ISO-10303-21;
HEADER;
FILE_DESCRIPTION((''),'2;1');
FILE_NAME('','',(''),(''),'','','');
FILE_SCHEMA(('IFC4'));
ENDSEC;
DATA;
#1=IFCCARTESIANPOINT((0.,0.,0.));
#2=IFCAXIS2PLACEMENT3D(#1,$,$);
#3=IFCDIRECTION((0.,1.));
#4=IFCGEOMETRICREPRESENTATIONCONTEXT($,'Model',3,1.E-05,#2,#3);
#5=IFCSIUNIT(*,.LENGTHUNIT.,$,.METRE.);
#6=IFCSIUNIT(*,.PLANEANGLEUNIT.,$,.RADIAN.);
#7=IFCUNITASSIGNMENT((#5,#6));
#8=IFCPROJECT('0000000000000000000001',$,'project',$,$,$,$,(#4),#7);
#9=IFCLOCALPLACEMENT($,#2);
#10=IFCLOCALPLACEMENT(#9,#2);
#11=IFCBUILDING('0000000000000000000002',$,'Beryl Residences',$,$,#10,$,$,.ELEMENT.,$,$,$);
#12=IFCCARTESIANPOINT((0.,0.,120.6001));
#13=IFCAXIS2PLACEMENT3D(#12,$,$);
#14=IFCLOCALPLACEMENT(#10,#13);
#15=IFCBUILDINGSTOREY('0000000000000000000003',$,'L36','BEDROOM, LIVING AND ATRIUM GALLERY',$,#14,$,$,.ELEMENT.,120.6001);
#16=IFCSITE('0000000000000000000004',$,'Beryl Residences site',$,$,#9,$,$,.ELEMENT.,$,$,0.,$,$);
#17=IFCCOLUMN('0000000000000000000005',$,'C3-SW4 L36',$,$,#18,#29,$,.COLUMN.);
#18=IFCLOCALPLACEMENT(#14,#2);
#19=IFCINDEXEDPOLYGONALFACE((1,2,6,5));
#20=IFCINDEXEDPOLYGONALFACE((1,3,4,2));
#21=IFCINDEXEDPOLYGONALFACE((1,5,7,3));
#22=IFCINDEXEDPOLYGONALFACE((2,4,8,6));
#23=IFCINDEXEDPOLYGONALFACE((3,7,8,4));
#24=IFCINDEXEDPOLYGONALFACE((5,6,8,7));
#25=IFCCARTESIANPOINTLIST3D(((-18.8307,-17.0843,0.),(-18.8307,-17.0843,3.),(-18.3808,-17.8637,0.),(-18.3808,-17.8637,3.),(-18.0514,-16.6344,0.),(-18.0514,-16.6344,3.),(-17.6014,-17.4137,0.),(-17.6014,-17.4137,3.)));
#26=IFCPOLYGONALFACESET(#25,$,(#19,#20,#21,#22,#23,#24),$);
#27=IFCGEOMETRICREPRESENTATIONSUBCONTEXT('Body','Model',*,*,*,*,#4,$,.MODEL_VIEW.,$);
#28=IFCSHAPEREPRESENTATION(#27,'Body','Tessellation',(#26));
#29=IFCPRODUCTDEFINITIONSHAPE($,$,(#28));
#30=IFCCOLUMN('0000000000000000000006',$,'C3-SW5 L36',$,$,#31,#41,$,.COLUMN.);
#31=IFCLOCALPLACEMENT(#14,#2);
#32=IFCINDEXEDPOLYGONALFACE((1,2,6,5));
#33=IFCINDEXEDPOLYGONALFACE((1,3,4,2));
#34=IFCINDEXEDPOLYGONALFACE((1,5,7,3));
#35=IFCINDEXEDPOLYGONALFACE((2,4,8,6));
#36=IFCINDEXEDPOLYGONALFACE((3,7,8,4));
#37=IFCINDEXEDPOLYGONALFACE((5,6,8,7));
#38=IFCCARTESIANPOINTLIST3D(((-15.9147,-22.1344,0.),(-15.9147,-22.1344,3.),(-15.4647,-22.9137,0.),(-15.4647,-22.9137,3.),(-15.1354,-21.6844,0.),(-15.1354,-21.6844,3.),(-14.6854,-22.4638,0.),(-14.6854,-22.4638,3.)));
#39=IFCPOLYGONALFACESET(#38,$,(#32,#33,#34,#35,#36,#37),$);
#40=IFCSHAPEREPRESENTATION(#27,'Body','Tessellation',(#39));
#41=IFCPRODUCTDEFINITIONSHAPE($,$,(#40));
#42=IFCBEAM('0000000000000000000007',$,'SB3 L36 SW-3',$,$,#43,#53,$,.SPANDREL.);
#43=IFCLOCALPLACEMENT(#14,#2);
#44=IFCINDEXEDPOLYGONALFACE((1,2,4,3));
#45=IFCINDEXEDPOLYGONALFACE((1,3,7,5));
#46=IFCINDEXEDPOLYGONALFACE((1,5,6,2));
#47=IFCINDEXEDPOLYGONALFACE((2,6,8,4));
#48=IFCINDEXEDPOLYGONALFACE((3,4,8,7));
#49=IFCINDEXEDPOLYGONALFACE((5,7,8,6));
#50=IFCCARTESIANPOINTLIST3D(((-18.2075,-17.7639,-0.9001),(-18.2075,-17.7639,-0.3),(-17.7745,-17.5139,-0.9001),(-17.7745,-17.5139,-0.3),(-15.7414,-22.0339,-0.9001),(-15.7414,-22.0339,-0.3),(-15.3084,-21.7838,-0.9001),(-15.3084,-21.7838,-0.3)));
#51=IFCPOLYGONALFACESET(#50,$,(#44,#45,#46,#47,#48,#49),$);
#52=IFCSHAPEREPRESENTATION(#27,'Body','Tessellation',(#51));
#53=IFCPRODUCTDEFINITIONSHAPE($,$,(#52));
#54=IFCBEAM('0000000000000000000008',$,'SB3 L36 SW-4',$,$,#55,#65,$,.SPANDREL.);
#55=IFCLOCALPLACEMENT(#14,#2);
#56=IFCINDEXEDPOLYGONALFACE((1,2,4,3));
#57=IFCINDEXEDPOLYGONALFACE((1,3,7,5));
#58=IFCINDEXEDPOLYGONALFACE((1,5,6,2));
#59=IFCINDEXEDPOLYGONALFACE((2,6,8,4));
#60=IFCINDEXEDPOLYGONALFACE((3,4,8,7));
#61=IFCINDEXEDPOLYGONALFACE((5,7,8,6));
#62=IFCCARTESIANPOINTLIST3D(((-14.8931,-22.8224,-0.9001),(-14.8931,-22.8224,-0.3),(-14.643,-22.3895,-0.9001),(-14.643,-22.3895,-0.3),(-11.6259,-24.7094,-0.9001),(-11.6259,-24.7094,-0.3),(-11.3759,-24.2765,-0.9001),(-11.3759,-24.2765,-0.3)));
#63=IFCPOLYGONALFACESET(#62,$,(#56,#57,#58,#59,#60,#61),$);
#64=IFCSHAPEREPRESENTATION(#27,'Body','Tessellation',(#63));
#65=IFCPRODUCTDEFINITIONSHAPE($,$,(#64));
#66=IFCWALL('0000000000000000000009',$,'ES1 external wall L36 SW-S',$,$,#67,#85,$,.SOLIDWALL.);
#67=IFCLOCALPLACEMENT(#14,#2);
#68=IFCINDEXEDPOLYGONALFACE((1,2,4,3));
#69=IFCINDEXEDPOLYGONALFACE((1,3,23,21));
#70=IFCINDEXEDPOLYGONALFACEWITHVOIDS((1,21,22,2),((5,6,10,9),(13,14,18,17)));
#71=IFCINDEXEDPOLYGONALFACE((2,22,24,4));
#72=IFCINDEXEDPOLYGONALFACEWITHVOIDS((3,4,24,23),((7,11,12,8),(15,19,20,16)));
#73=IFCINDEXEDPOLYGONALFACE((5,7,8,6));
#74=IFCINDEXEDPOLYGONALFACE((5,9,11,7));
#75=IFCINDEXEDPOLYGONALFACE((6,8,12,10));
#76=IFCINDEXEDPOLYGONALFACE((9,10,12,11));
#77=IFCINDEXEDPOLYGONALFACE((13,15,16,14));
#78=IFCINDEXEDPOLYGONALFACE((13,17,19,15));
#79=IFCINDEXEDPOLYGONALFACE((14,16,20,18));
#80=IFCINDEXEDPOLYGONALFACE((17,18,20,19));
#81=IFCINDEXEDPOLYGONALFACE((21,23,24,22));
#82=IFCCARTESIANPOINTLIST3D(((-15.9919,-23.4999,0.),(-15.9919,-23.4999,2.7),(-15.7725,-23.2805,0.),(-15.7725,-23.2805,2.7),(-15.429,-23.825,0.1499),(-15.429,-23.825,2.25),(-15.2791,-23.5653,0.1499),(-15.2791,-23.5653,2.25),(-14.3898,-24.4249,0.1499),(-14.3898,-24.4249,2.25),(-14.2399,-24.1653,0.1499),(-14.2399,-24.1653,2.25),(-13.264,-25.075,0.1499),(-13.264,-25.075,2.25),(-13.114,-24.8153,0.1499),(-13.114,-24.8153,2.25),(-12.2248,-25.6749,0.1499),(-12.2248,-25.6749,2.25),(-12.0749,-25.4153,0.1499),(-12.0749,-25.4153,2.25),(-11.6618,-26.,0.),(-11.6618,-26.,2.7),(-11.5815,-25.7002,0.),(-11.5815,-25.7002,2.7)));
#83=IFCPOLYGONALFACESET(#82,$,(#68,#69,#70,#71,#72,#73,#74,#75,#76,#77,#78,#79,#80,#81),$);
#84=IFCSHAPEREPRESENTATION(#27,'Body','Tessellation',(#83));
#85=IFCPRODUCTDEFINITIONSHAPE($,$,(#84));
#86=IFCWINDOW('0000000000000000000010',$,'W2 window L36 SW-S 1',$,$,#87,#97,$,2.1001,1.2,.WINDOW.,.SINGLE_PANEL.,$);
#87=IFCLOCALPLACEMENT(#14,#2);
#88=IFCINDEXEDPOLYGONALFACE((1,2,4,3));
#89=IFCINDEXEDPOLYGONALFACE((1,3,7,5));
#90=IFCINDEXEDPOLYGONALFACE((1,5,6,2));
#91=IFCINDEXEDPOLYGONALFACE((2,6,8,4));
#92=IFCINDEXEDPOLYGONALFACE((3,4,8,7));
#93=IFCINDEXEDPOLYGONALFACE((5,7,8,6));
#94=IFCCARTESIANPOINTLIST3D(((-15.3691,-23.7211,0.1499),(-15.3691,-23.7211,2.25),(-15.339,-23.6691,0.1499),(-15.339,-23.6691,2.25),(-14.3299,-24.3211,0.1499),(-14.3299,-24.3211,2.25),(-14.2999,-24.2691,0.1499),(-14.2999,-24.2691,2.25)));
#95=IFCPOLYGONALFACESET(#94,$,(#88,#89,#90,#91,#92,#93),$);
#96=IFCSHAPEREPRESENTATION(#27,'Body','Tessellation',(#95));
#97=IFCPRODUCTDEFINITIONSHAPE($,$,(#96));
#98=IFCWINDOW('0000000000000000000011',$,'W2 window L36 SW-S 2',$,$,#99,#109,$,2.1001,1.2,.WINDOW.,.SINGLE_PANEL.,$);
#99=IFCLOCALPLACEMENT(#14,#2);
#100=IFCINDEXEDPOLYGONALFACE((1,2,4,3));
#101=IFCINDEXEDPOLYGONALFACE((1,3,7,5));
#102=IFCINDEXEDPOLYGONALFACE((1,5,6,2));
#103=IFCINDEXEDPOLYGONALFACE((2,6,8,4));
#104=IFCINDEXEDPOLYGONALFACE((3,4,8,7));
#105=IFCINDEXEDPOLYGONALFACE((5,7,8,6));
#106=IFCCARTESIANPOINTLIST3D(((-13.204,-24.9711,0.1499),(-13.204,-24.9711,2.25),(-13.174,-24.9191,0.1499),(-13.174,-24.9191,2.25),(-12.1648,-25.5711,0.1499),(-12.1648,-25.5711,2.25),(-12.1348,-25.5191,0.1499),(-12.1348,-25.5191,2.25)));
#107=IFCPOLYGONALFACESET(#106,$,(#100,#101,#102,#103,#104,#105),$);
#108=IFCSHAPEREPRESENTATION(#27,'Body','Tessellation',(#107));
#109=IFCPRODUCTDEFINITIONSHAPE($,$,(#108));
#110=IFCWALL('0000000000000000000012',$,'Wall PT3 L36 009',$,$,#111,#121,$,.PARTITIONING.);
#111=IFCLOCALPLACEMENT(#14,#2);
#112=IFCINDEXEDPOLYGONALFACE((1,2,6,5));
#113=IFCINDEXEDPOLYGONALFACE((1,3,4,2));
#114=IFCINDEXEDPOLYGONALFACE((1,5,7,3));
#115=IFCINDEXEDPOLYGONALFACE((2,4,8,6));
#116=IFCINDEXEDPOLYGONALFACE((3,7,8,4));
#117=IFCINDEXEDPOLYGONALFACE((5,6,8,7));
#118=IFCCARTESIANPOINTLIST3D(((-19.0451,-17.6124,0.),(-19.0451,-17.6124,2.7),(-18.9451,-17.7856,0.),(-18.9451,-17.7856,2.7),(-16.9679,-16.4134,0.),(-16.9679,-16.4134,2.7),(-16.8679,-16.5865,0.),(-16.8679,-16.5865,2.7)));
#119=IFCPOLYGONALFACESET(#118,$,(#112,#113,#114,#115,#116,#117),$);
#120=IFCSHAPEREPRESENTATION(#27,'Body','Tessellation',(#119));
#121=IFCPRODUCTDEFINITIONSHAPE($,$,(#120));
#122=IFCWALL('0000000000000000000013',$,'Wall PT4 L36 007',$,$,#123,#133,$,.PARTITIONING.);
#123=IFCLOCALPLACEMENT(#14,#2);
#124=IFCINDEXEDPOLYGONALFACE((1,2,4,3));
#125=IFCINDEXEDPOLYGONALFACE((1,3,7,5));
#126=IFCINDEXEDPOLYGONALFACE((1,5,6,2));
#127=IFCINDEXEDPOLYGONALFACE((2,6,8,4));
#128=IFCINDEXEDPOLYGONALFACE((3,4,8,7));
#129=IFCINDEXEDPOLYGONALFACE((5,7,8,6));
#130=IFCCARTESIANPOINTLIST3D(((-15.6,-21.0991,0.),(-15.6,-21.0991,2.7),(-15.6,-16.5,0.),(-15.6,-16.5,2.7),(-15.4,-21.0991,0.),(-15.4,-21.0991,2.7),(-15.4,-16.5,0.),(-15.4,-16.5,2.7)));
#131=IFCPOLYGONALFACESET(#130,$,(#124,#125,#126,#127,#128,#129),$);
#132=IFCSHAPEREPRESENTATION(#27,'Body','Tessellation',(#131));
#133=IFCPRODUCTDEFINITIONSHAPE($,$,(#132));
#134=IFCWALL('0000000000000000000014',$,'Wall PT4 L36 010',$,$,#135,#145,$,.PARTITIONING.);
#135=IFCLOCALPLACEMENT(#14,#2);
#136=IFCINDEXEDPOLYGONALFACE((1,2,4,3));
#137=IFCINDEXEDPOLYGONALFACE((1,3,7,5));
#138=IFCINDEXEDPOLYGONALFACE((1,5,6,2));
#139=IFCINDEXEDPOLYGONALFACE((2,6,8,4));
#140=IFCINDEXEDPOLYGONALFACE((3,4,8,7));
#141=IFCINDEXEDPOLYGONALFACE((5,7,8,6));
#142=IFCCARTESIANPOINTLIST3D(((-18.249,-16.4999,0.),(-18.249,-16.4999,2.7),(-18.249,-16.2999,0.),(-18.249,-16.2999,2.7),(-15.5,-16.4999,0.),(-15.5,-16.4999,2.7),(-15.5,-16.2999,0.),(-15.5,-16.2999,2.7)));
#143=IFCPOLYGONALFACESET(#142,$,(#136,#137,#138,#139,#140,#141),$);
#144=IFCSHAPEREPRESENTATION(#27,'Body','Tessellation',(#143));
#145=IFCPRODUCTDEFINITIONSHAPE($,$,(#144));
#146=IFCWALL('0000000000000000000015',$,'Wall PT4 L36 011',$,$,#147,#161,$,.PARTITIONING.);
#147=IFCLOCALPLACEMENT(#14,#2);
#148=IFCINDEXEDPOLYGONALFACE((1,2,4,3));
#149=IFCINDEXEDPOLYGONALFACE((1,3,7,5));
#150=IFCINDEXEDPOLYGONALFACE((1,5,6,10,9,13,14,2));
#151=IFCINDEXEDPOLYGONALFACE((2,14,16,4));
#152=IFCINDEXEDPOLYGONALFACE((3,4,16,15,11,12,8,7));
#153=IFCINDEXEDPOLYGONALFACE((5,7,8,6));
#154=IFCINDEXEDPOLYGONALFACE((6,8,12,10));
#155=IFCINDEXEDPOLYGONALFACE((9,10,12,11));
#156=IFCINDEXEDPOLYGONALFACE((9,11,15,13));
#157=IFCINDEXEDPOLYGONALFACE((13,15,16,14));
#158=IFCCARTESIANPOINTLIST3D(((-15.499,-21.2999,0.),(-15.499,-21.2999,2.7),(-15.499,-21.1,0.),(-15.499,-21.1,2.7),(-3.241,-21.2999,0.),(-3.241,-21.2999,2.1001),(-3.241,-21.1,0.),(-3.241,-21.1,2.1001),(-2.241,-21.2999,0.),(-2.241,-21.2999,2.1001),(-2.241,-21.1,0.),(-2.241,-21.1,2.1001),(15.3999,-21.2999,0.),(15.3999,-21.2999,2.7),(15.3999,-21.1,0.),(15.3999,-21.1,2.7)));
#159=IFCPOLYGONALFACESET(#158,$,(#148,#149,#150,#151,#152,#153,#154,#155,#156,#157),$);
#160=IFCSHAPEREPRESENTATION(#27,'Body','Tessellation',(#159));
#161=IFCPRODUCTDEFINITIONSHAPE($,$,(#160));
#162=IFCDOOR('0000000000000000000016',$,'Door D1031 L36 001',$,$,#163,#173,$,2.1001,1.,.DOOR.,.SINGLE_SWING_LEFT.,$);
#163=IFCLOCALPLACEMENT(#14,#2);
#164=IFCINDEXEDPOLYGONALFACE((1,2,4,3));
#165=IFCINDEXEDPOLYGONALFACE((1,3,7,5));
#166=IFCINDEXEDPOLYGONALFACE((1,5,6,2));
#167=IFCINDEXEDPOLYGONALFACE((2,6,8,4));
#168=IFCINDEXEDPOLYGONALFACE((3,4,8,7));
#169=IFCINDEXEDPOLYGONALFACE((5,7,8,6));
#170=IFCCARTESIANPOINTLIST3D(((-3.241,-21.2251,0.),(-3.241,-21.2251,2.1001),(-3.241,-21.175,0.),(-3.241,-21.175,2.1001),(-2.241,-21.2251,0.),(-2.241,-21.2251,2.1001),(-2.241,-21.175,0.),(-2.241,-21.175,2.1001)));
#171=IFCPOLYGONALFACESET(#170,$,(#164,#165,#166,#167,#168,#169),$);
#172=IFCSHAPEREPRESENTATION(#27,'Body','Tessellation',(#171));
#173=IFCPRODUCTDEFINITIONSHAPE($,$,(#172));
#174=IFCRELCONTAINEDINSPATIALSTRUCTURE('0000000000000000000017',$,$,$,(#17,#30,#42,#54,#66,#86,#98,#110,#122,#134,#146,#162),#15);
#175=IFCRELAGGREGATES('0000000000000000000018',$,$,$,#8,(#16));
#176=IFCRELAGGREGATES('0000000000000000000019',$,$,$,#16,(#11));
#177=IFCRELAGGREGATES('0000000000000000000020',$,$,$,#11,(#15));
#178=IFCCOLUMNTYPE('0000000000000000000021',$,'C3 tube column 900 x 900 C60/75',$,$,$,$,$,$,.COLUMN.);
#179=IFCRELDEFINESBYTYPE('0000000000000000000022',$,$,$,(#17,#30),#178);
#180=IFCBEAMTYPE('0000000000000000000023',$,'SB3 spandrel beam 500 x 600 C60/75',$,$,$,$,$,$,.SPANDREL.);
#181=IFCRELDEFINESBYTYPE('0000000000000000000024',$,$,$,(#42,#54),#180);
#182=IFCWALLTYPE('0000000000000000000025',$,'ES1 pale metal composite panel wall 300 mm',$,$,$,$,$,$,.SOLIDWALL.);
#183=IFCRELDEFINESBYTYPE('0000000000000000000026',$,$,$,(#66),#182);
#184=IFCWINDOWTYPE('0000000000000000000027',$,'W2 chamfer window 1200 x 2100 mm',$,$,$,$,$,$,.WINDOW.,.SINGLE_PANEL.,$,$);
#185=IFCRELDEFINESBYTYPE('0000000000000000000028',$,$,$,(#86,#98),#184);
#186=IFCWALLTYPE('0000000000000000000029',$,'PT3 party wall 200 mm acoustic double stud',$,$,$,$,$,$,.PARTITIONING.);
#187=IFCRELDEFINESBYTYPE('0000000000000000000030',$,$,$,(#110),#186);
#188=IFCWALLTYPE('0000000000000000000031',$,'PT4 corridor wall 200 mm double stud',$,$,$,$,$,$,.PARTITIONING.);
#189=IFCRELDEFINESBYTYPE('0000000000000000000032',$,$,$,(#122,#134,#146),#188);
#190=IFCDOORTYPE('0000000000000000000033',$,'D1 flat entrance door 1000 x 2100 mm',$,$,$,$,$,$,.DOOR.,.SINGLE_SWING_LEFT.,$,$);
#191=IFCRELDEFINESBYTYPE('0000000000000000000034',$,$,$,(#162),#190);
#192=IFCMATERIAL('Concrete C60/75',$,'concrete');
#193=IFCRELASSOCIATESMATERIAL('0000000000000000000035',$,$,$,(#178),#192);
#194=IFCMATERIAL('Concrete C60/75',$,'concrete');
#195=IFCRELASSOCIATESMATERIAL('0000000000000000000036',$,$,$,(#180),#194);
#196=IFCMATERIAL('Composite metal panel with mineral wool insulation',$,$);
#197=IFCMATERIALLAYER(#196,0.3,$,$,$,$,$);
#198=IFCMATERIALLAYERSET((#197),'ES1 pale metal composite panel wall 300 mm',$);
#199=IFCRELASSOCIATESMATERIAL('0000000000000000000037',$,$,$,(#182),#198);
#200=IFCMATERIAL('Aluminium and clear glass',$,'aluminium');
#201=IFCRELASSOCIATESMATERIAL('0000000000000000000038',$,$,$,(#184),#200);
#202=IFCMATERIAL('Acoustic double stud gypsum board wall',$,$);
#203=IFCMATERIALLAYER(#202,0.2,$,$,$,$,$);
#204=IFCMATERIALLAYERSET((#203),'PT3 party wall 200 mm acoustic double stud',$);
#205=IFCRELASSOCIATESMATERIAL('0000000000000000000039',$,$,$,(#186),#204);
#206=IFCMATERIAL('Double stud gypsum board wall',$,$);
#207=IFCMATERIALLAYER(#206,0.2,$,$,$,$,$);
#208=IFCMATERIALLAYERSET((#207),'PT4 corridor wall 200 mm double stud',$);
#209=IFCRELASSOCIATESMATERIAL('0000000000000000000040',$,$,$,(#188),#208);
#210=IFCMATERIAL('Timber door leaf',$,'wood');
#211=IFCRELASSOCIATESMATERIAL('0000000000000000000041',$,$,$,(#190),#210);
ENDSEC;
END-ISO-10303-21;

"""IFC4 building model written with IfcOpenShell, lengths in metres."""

from ifc_helpers import new_model, si_unit, direction, frame, frame_2d, origin, origin_2d, place, context, subcontext, project, spatial, polyline, rectangle, outline, extrude, material, layer, layer_set, material_profile, profile_set, type_object, element, fill, save


model = new_model("IFC4")

# Units and contexts
model_context = context("Model", 3, precision=1e-05, world=origin(), true_north=direction((0.0, 1.0)))
body_context = subcontext(model_context, "Body", "Model", "MODEL_VIEW")
ifc_project = project(units=[si_unit("LENGTHUNIT", "METRE"), si_unit("PLANEANGLEUNIT", "RADIAN")], contexts=[model_context])

# Site, building, storey
site_placement = place(None, origin())
site = spatial("IfcSite", under=ifc_project, at=site_placement, Name="Beryl Residences site", CompositionType="ELEMENT", RefElevation=0.0)
building_placement = place(site_placement, origin())
building = spatial("IfcBuilding", under=site, at=building_placement, Name="Beryl Residences", CompositionType="ELEMENT")
storey_placement = place(building_placement, frame((0.0, 0.0, 120.6001)))
storey = spatial("IfcBuildingStorey", under=building, at=storey_placement, Name="L36", Description="BEDROOM, LIVING AND ATRIUM GALLERY", CompositionType="ELEMENT", Elevation=120.6001)

# Columns
ifc_material_1 = material(Name="Concrete C60/75", Category="concrete")
ifc_material_profile_1 = material_profile(ifc_material_1, rectangle(XDim=0.8999, YDim=0.8999, at=origin_2d()))
ifc_profile_set_1 = profile_set([ifc_material_profile_1], Name="Concrete C60/75")
column_type = type_object("IfcColumnType", Name="C3 tube column 900 x 900 C60/75", PredefinedType="COLUMN", material=ifc_profile_set_1)
for number, where, z_axis, x_axis, name in (
    (1, (-18.2161, -17.249, 0.0), (0.0, 0.0, 1.0), (0.5, -0.866025, 0.0), "C3-SW4 L36"),
    (2, (-15.3, -22.2991, 0.0), (0.0, 0.0, 1.0), (0.5, -0.866025, 0.0), "C3-SW5 L36"),
):
    element("IfcColumn", number, at=place(storey_placement, frame(where, z_axis=z_axis, x_axis=x_axis)), inside=storey, type_object=column_type, Name=name, PredefinedType="COLUMN", context=body_context, shape_type="SweptSolid", body=[
        extrude(rectangle(XDim=0.8999, YDim=0.8999, at=origin_2d()), origin(), (0.0, 0.0, 1.0), 3.0),
    ])

# Beams
ifc_material_2 = material(Name="Concrete C60/75", Category="concrete")
ifc_material_profile_2 = material_profile(ifc_material_2, rectangle(XDim=0.5, YDim=0.6001, at=origin_2d()))
ifc_profile_set_2 = profile_set([ifc_material_profile_2], Name="Concrete C60/75")
beam_type = type_object("IfcBeamType", Name="SB3 spandrel beam 500 x 600 C60/75", PredefinedType="SPANDREL", material=ifc_profile_set_2)
beam_1_placement = place(storey_placement, frame((-17.991, -17.6389, -0.6001), z_axis=(0.500117, -0.865958, 0.0), x_axis=(0.865958, 0.500117, 0.0)))
element("IfcBeam", 3, at=beam_1_placement, inside=storey, type_object=beam_type, Name="SB3 L36 SW-3", PredefinedType="SPANDREL", context=body_context, shape_type="SweptSolid", body=[
    extrude(rectangle(XDim=0.5, YDim=0.6001, at=origin_2d()), origin(), (0.0, 0.0, 1.0), 4.9309),
])
beam_2_placement = place(storey_placement, frame((-14.7681, -22.606, -0.6001), z_axis=(0.865944, -0.500141, 0.0), x_axis=(0.500141, 0.865944, 0.0)))
element("IfcBeam", 4, at=beam_2_placement, inside=storey, type_object=beam_type, Name="SB3 L36 SW-4", PredefinedType="SPANDREL", context=body_context, shape_type="SweptSolid", body=[
    extrude(rectangle(XDim=0.5, YDim=0.6001, at=origin_2d()), origin(), (0.0, 0.0, 1.0), 3.7729),
])

# Wall, openings, windows
ifc_material_3 = material(Name="Composite metal panel with mineral wool insulation")
ifc_layer_1 = layer(ifc_material_3, 0.3)
ifc_layer_set_1 = layer_set([ifc_layer_1], Name="ES1 pale metal composite panel wall 300 mm")
wall_type_1 = type_object("IfcWallType", Name="ES1 pale metal composite panel wall 300 mm", PredefinedType="SOLIDWALL", material=ifc_layer_set_1)
wall_1_placement = place(storey_placement, frame((-15.917, -23.3701, 0.0), z_axis=(0.0, 0.0, 1.0), x_axis=(0.866023, -0.500004, 0.0)))
wall_1 = element("IfcWall", 5, at=wall_1_placement, inside=storey, type_object=wall_type_1, Name="ES1 external wall L36 SW-S", PredefinedType="SOLIDWALL", context=body_context, shape_type="SweptSolid", body=[
    extrude(outline(polyline([(0.0, -0.1499), (5.0, -0.1499), (4.9197, 0.1499), (0.0803, 0.1499), (0.0, -0.1499)])), origin(), (0.0, 0.0, 1.0), 2.7),
])
opening_1_placement = place(wall_1_placement, frame((0.6499, 0.0, 0.1499)))
opening_1 = element("IfcOpeningElement", 6, at=opening_1_placement, cuts=wall_1, PredefinedType="OPENING", context=body_context, shape_type="SweptSolid", body=[
    extrude(rectangle(XDim=1.2, YDim=2.1001, at=frame_2d((0.6001, 1.05))), frame((0.0, 0.1599, 0.0), z_axis=(0.0, -1.0, 0.0), x_axis=(1.0, 0.0, 0.0)), (0.0, 0.0, 1.0), 0.3201),
])
opening_2_placement = place(wall_1_placement, frame((3.1499, 0.0, 0.1499)))
opening_2 = element("IfcOpeningElement", 7, at=opening_2_placement, cuts=wall_1, PredefinedType="OPENING", context=body_context, shape_type="SweptSolid", body=[
    extrude(rectangle(XDim=1.2, YDim=2.1001, at=frame_2d((0.6001, 1.05))), frame((0.0, 0.1599, 0.0), z_axis=(0.0, -1.0, 0.0), x_axis=(1.0, 0.0, 0.0)), (0.0, 0.0, 1.0), 0.3201),
])
ifc_material_4 = material(Name="Aluminium and clear glass", Category="aluminium")
window_type = type_object("IfcWindowType", Name="W2 chamfer window 1200 x 2100 mm", PartitioningType="SINGLE_PANEL", PredefinedType="WINDOW", material=ifc_material_4)
window_1_placement = place(opening_1_placement, origin())
window_1 = element("IfcWindow", 8, at=window_1_placement, inside=storey, type_object=window_type, Name="W2 window L36 SW-S 1", OverallHeight=2.1001, OverallWidth=1.2, PartitioningType="SINGLE_PANEL", PredefinedType="WINDOW", context=body_context, shape_type="SweptSolid", body=[
    extrude(rectangle(XDim=1.2, YDim=2.1001, at=frame_2d((0.6001, 1.05))), frame((0.0, 0.03, 0.0), z_axis=(0.0, -1.0, 0.0), x_axis=(1.0, 0.0, 0.0)), (0.0, 0.0, 1.0), 0.0601),
])
fill(opening_1, window_1)
window_2_placement = place(opening_2_placement, origin())
window_2 = element("IfcWindow", 9, at=window_2_placement, inside=storey, type_object=window_type, Name="W2 window L36 SW-S 2", OverallHeight=2.1001, OverallWidth=1.2, PartitioningType="SINGLE_PANEL", PredefinedType="WINDOW", context=body_context, shape_type="SweptSolid", body=[
    extrude(rectangle(XDim=1.2, YDim=2.1001, at=frame_2d((0.6001, 1.05))), frame((0.0, 0.03, 0.0), z_axis=(0.0, -1.0, 0.0), x_axis=(1.0, 0.0, 0.0)), (0.0, 0.0, 1.0), 0.0601),
])
fill(opening_2, window_2)

# Walls
ifc_material_5 = material(Name="Acoustic double stud gypsum board wall")
ifc_layer_2 = layer(ifc_material_5, 0.2)
ifc_layer_set_2 = layer_set([ifc_layer_2], Name="PT3 party wall 200 mm acoustic double stud")
wall_type_2 = type_object("IfcWallType", Name="PT3 party wall 200 mm acoustic double stud", PredefinedType="PARTITIONING", material=ifc_layer_set_2)
wall_2_placement = place(storey_placement, frame((-18.9951, -17.699, 0.0), z_axis=(0.0, 0.0, 1.0), x_axis=(0.866074, 0.499916, 0.0)))
element("IfcWall", 10, at=wall_2_placement, inside=storey, type_object=wall_type_2, Name="Wall PT3 L36 009", PredefinedType="PARTITIONING", context=body_context, shape_type="SweptSolid", body=[
    extrude(rectangle(XDim=2.3984, YDim=0.2, at=frame_2d((1.1992, 0.0))), origin(), (0.0, 0.0, 1.0), 2.7),
])
ifc_material_6 = material(Name="Double stud gypsum board wall")
ifc_layer_3 = layer(ifc_material_6, 0.2)
ifc_layer_set_3 = layer_set([ifc_layer_3], Name="PT4 corridor wall 200 mm double stud")
wall_type_3 = type_object("IfcWallType", Name="PT4 corridor wall 200 mm double stud", PredefinedType="PARTITIONING", material=ifc_layer_set_3)
wall_3_placement = place(storey_placement, frame((-15.5, -16.5, 0.0), z_axis=(0.0, 0.0, 1.0), x_axis=(0.0, -1.0, 0.0)))
element("IfcWall", 11, at=wall_3_placement, inside=storey, type_object=wall_type_3, Name="Wall PT4 L36 007", PredefinedType="PARTITIONING", context=body_context, shape_type="SweptSolid", body=[
    extrude(rectangle(XDim=4.5991, YDim=0.2, at=frame_2d((2.2996, 0.0))), origin(), (0.0, 0.0, 1.0), 2.7),
])
wall_4_placement = place(storey_placement, frame((-18.249, -16.3999, 0.0), z_axis=(0.0, 0.0, 1.0), x_axis=(1.0, 0.0, 0.0)))
element("IfcWall", 12, at=wall_4_placement, inside=storey, type_object=wall_type_3, Name="Wall PT4 L36 010", PredefinedType="PARTITIONING", context=body_context, shape_type="SweptSolid", body=[
    extrude(rectangle(XDim=2.749, YDim=0.2, at=frame_2d((1.3745, 0.0))), origin(), (0.0, 0.0, 1.0), 2.7),
])

# Wall, opening, door
wall_5_placement = place(storey_placement, frame((-15.499, -21.2, 0.0), z_axis=(0.0, 0.0, 1.0), x_axis=(1.0, 0.0, 0.0)))
wall_5 = element("IfcWall", 13, at=wall_5_placement, inside=storey, type_object=wall_type_3, Name="Wall PT4 L36 011", PredefinedType="PARTITIONING", context=body_context, shape_type="SweptSolid", body=[
    extrude(rectangle(XDim=30.8989, YDim=0.2, at=frame_2d((15.4495, 0.0))), origin(), (0.0, 0.0, 1.0), 2.7),
])
opening_3_placement = place(wall_5_placement, frame((12.2581, 0.0, 0.0)))
opening_3 = element("IfcOpeningElement", 14, at=opening_3_placement, cuts=wall_5, PredefinedType="OPENING", context=body_context, shape_type="SweptSolid", body=[
    extrude(rectangle(XDim=1.0, YDim=2.1001, at=frame_2d((0.5, 1.05))), frame((0.0, 0.1099, 0.0), z_axis=(0.0, -1.0, 0.0), x_axis=(1.0, 0.0, 0.0)), (0.0, 0.0, 1.0), 0.22),
])
ifc_material_7 = material(Name="Timber door leaf", Category="wood")
door_type = type_object("IfcDoorType", Name="D1 flat entrance door 1000 x 2100 mm", OperationType="SINGLE_SWING_LEFT", PredefinedType="DOOR", material=ifc_material_7)
door_placement = place(opening_3_placement, origin())
door = element("IfcDoor", 15, at=door_placement, inside=storey, type_object=door_type, Name="Door D1031 L36 001", OperationType="SINGLE_SWING_LEFT", OverallHeight=2.1001, OverallWidth=1.0, PredefinedType="DOOR", context=body_context, shape_type="SweptSolid", body=[
    extrude(rectangle(XDim=1.0, YDim=2.1001, at=frame_2d((0.5, 1.05))), frame((0.0, 0.0249, 0.0), z_axis=(0.0, -1.0, 0.0), x_axis=(1.0, 0.0, 0.0)), (0.0, 0.0, 1.0), 0.05),
])
fill(opening_3, door)

save(model, "model.ifc")
